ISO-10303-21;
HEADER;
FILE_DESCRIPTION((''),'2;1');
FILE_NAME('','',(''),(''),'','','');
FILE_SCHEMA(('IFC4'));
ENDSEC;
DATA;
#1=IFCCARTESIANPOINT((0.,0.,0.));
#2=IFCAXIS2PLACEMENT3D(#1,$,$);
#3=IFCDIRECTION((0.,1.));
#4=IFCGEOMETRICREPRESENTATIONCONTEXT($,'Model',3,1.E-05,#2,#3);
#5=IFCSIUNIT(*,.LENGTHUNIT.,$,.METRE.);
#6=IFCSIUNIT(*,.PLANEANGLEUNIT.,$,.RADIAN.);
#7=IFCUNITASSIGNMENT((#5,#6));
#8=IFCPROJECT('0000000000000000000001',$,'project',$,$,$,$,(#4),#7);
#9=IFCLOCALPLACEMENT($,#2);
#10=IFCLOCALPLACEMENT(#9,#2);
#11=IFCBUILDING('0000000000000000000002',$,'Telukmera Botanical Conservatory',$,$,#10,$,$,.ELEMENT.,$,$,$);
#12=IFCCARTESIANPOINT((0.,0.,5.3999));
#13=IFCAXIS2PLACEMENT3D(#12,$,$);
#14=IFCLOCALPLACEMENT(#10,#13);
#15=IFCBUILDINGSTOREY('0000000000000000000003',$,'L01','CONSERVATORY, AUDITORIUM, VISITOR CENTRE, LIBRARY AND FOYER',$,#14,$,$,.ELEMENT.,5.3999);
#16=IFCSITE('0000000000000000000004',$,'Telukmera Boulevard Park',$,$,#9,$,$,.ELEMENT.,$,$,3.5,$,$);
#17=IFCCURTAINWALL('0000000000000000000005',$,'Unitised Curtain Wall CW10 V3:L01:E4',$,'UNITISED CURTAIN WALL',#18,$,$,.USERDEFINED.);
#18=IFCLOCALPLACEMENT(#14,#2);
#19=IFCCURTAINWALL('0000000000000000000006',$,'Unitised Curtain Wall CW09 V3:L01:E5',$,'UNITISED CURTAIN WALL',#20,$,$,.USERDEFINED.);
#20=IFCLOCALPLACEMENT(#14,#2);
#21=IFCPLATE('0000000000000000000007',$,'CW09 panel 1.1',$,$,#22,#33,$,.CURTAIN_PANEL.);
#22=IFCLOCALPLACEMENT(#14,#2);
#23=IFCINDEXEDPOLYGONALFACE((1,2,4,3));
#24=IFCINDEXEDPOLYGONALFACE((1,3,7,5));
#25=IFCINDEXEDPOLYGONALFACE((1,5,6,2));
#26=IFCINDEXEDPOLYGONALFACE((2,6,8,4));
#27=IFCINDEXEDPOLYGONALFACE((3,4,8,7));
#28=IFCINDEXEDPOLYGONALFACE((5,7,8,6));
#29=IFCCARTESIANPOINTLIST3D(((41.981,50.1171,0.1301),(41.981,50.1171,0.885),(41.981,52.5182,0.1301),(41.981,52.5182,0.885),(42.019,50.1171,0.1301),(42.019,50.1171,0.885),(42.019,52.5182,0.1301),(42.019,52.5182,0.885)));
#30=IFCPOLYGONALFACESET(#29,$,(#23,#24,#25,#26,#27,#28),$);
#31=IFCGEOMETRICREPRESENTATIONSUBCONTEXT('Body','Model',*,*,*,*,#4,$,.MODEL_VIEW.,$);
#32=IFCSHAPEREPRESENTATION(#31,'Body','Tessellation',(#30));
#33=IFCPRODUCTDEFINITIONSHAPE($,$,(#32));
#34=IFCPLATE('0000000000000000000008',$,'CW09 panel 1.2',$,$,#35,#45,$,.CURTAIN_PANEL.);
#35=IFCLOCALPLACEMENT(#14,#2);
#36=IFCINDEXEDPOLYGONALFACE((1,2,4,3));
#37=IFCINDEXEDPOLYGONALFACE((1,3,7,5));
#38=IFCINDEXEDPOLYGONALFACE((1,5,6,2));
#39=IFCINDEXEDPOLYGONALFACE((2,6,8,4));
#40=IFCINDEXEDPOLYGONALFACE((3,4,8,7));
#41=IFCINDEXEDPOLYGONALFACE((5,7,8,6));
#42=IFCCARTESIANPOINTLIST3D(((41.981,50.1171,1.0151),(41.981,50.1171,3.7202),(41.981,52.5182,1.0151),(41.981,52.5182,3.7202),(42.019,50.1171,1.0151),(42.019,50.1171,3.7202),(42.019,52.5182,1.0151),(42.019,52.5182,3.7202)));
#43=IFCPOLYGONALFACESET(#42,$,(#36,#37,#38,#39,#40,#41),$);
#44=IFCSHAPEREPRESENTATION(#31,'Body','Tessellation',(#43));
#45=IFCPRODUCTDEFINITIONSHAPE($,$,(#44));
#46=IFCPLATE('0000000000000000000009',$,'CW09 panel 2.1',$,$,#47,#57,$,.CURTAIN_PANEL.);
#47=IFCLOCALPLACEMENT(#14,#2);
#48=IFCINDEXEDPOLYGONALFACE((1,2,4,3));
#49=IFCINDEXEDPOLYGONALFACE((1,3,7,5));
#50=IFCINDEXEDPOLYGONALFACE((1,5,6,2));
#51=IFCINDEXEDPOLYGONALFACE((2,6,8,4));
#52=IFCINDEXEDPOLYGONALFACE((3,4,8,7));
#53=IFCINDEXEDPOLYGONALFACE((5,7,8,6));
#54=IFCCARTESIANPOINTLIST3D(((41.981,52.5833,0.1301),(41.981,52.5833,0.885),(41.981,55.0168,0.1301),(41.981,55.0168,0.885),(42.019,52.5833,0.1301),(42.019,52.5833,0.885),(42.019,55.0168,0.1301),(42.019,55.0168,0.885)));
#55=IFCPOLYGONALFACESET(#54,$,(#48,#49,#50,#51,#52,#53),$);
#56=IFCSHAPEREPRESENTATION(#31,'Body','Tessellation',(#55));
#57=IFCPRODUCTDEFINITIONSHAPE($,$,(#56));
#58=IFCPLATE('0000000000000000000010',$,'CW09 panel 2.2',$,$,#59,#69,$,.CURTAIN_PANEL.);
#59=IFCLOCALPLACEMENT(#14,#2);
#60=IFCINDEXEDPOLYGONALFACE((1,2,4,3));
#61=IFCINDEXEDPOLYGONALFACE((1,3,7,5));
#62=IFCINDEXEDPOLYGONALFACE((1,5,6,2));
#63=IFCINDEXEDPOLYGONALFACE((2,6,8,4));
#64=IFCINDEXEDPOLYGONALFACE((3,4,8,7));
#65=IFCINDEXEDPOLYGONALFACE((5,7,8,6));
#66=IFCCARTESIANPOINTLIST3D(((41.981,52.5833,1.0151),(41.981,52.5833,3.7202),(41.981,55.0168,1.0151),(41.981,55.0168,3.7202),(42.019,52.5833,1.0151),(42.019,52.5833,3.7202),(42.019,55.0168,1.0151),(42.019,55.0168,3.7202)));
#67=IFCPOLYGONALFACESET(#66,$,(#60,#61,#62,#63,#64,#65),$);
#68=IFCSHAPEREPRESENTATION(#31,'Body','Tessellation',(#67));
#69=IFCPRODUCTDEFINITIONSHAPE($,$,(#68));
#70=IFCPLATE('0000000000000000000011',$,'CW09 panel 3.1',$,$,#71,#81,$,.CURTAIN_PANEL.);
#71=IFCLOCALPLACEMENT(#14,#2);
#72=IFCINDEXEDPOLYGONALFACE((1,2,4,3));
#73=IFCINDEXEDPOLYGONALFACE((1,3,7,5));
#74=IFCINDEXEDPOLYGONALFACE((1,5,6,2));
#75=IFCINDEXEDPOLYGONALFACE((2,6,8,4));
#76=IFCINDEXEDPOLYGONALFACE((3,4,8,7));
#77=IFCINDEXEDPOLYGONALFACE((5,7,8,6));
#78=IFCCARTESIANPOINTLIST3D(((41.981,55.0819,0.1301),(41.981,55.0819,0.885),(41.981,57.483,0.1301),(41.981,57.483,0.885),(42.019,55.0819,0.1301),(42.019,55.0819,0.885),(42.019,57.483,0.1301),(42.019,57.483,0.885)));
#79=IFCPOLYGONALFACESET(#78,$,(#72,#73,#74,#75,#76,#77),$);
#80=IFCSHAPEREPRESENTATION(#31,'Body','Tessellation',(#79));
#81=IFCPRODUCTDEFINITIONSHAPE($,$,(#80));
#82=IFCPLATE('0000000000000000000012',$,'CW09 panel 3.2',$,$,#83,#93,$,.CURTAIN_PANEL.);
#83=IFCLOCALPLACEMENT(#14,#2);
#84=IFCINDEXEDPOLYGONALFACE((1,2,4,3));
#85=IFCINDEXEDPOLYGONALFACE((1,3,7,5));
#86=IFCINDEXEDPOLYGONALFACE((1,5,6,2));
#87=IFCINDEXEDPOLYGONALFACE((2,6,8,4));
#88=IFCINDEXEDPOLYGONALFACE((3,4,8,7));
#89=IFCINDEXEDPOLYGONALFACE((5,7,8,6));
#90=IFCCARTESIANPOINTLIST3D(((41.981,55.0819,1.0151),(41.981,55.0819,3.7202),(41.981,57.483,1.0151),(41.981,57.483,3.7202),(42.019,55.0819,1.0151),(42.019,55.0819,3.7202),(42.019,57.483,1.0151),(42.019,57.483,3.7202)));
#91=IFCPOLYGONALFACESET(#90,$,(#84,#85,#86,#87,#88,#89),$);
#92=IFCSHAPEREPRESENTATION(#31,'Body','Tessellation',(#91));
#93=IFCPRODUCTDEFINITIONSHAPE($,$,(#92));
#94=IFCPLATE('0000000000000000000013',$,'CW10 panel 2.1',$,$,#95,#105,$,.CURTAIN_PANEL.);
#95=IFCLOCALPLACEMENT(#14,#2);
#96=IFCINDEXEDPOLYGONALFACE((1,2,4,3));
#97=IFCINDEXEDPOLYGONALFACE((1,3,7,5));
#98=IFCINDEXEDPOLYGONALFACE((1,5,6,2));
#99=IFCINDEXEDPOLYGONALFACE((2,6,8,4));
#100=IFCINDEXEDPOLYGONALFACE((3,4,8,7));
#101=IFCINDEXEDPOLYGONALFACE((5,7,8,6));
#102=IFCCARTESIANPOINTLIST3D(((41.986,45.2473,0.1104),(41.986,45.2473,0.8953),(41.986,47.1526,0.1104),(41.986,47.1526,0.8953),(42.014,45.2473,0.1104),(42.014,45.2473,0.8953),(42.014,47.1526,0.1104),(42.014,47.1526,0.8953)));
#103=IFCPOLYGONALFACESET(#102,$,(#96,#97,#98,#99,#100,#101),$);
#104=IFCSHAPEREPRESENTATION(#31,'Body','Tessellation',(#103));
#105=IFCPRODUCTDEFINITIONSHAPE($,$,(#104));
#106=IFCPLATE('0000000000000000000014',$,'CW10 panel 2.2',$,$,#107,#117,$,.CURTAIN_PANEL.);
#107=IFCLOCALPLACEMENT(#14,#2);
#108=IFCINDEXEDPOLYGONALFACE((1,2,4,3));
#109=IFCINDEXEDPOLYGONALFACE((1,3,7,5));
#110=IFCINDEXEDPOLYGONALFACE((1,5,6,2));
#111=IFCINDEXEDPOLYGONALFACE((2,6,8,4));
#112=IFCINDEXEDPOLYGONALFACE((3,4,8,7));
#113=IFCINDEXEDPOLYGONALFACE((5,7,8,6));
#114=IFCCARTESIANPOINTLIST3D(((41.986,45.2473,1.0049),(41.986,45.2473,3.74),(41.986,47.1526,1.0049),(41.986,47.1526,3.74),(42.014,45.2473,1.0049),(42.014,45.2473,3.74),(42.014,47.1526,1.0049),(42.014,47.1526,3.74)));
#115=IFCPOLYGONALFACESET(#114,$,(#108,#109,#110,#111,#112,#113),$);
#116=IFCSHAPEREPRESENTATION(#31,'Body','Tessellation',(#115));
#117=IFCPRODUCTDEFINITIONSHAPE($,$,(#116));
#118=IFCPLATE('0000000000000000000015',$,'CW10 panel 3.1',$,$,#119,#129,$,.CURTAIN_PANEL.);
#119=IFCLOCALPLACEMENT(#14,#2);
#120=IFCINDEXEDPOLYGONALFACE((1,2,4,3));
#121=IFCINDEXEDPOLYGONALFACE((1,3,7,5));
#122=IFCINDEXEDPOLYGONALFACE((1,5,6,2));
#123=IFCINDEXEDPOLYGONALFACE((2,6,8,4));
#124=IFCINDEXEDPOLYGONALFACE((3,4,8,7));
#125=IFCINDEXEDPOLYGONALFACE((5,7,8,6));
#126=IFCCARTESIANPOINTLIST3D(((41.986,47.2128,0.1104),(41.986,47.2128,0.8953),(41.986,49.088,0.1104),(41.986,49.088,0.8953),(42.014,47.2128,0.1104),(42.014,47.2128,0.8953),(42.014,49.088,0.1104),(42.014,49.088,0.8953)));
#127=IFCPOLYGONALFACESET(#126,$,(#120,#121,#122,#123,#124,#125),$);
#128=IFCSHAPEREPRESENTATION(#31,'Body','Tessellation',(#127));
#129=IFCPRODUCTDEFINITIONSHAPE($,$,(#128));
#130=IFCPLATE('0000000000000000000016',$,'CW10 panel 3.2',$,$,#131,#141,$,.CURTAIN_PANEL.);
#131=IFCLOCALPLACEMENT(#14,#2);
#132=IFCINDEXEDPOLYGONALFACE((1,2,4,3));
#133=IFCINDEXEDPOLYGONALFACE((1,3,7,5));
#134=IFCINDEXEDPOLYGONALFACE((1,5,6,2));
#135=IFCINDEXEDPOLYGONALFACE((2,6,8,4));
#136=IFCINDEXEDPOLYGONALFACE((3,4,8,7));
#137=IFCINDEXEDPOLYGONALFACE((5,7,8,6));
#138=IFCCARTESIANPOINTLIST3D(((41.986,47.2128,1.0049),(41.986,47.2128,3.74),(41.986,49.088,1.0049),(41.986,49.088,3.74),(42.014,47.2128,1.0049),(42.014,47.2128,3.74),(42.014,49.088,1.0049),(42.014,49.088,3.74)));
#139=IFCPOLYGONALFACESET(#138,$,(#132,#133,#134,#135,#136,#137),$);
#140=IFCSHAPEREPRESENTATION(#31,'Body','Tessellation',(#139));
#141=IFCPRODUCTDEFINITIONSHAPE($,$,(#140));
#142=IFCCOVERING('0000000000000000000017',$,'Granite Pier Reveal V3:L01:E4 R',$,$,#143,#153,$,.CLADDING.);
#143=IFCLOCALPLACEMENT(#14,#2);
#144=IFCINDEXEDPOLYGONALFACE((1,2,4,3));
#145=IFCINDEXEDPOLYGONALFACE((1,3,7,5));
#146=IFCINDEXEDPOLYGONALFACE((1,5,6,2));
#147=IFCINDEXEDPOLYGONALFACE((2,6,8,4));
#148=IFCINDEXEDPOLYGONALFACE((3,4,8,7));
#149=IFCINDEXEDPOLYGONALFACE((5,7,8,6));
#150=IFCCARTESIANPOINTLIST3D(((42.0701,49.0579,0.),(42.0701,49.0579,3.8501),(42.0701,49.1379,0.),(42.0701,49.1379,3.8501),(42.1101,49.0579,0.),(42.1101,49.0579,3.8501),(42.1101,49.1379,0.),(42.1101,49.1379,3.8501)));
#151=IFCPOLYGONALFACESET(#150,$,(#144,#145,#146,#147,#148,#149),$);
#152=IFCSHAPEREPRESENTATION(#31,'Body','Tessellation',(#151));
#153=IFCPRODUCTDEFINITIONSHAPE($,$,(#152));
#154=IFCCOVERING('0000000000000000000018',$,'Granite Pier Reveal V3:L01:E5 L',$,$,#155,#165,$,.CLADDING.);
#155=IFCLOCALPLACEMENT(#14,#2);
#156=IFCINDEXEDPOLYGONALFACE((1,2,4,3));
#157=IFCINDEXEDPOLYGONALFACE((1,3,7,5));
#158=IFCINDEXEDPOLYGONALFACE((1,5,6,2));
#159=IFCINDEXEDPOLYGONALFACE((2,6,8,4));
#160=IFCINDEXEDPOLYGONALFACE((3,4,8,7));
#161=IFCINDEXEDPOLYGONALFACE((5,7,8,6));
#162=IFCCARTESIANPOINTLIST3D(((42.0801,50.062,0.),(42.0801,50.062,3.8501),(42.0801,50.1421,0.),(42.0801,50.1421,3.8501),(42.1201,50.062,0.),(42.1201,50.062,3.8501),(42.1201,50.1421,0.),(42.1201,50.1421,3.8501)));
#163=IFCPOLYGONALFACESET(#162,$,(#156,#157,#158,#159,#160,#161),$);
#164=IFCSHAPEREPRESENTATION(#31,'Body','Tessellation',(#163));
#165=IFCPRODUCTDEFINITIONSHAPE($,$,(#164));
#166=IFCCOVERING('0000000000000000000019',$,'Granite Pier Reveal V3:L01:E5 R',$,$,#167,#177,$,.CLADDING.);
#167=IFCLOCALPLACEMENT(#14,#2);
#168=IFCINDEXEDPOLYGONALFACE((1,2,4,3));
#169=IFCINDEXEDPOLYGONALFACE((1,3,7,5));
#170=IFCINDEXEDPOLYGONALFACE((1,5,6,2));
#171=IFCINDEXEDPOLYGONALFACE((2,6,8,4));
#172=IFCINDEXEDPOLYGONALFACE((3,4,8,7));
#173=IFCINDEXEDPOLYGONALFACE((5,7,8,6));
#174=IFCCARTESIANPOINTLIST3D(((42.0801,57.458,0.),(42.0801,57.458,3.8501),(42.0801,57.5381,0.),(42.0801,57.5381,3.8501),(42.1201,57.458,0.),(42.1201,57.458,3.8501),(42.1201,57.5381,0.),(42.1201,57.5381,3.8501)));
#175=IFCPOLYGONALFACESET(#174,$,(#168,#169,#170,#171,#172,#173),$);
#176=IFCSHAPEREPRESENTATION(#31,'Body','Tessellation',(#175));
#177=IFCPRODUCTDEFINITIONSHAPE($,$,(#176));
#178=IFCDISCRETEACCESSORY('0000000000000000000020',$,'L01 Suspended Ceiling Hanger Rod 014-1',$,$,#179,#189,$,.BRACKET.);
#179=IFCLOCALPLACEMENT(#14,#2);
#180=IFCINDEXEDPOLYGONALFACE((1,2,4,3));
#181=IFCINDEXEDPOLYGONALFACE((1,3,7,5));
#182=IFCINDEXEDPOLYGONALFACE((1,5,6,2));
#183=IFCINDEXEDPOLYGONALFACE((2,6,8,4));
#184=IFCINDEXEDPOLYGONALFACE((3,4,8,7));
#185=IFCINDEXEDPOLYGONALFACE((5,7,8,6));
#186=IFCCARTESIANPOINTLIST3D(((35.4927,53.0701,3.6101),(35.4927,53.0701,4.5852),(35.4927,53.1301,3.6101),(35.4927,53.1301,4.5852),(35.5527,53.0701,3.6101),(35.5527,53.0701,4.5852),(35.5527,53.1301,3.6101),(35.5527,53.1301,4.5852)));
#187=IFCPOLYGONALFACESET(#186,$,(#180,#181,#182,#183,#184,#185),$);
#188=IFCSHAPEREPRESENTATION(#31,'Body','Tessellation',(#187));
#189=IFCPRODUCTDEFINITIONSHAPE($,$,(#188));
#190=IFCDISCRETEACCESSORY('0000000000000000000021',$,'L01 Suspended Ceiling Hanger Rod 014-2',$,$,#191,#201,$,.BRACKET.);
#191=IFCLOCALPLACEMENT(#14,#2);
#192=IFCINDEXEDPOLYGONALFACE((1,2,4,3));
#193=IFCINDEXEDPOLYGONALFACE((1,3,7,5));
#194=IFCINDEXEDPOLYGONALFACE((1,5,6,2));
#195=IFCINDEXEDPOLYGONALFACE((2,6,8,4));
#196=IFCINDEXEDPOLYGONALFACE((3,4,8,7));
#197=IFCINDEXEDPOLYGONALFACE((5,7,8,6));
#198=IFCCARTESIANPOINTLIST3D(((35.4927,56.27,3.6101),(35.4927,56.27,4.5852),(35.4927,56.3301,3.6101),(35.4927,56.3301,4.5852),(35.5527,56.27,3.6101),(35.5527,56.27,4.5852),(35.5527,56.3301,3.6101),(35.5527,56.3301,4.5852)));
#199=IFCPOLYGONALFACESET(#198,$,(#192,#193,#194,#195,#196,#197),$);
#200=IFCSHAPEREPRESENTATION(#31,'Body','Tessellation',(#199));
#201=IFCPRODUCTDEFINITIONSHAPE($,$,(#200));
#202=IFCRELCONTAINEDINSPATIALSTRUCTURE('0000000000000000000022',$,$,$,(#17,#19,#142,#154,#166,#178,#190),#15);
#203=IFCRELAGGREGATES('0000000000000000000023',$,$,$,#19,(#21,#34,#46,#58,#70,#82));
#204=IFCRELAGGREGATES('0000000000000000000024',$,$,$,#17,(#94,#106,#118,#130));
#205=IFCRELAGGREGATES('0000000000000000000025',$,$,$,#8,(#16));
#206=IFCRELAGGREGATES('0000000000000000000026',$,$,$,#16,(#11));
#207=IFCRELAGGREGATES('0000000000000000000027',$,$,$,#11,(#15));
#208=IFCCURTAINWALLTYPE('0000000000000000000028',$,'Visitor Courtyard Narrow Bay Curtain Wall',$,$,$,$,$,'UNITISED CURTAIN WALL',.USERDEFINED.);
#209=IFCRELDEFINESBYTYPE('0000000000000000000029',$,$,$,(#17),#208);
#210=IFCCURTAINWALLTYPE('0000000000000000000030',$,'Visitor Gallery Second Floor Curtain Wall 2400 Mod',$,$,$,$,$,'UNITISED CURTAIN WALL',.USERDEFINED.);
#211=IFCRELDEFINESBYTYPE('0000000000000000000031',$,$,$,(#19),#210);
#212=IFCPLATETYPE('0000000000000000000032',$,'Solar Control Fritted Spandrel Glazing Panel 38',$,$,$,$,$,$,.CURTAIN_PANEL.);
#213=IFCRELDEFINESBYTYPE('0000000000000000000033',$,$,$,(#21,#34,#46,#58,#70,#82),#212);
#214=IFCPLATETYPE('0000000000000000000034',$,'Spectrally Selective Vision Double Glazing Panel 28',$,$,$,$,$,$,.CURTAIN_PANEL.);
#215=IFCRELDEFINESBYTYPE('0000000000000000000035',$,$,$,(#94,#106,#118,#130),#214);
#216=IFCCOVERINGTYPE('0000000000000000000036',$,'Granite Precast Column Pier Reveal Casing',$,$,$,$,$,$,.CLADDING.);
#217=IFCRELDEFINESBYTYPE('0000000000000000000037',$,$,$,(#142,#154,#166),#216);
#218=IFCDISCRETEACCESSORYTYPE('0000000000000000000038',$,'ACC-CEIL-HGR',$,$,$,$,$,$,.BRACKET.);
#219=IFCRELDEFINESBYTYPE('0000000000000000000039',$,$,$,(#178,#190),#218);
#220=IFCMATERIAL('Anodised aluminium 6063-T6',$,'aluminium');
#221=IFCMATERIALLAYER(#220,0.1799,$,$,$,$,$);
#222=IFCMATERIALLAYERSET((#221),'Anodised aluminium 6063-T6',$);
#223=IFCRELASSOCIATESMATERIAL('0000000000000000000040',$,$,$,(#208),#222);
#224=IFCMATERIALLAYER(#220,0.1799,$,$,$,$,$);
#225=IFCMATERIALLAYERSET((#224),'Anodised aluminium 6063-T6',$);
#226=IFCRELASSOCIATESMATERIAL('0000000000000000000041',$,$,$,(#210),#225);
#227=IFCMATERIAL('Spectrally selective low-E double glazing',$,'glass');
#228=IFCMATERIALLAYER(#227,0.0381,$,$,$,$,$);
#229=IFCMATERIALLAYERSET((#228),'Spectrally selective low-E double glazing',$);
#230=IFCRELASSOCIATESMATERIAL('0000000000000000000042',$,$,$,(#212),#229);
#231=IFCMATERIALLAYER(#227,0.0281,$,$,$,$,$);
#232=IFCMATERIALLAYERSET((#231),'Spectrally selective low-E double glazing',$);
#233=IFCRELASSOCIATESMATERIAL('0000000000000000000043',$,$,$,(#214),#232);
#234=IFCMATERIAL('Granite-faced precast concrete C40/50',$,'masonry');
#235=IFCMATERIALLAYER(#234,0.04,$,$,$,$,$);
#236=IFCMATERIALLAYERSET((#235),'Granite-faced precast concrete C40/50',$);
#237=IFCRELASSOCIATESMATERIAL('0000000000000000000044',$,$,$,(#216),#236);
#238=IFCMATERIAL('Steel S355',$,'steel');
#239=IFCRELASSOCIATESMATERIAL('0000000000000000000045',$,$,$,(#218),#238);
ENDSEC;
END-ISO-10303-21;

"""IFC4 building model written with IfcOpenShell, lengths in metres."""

from ifc_helpers import new_model, si_unit, direction, frame, origin, origin_2d, place, context, subcontext, project, spatial, rectangle, extrude, material, layer, layer_set, type_object, element, aggregate, save


model = new_model("IFC4")

# Units and contexts
model_context = context("Model", 3, precision=1e-05, world=origin(), true_north=direction((0.0, 1.0)))
body_context = subcontext(model_context, "Body", "Model", "MODEL_VIEW")
ifc_project = project(units=[si_unit("LENGTHUNIT", "METRE"), si_unit("PLANEANGLEUNIT", "RADIAN")], contexts=[model_context])

# Site, building, storey
site_placement = place(None, origin())
site = spatial("IfcSite", under=ifc_project, at=site_placement, Name="Telukmera Boulevard Park", CompositionType="ELEMENT", RefElevation=3.5)
building_placement = place(site_placement, origin())
building = spatial("IfcBuilding", under=site, at=building_placement, Name="Telukmera Botanical Conservatory", CompositionType="ELEMENT")
storey_placement = place(building_placement, frame((0.0, 0.0, 5.3999)))
storey = spatial("IfcBuildingStorey", under=building, at=storey_placement, Name="L01", Description="CONSERVATORY, AUDITORIUM, VISITOR CENTRE, LIBRARY AND FOYER", CompositionType="ELEMENT", Elevation=5.3999)

# Curtain walls
ifc_material_1 = material(Name="Anodised aluminium 6063-T6", Category="aluminium")
ifc_layer_1 = layer(ifc_material_1, 0.1799)
ifc_layer_set_1 = layer_set([ifc_layer_1], Name="Anodised aluminium 6063-T6")
curtain_wall_type_1 = type_object("IfcCurtainWallType", Name="Visitor Courtyard Narrow Bay Curtain Wall", ElementType="UNITISED CURTAIN WALL", PredefinedType="USERDEFINED", material=ifc_layer_set_1)
curtain_wall_1_placement = place(storey_placement, origin())
curtain_wall_1 = element("IfcCurtainWall", 1, at=curtain_wall_1_placement, inside=storey, type_object=curtain_wall_type_1, Name="Unitised Curtain Wall CW10 V3:L01:E4", ObjectType="UNITISED CURTAIN WALL", PredefinedType="USERDEFINED")
ifc_layer_2 = layer(ifc_material_1, 0.1799)
ifc_layer_set_2 = layer_set([ifc_layer_2], Name="Anodised aluminium 6063-T6")
curtain_wall_type_2 = type_object("IfcCurtainWallType", Name="Visitor Gallery Second Floor Curtain Wall 2400 Mod", ElementType="UNITISED CURTAIN WALL", PredefinedType="USERDEFINED", material=ifc_layer_set_2)
curtain_wall_2_placement = place(storey_placement, origin())
curtain_wall_2 = element("IfcCurtainWall", 2, at=curtain_wall_2_placement, inside=storey, type_object=curtain_wall_type_2, Name="Unitised Curtain Wall CW09 V3:L01:E5", ObjectType="UNITISED CURTAIN WALL", PredefinedType="USERDEFINED")

# Plates
ifc_material_2 = material(Name="Spectrally selective low-E double glazing", Category="glass")
ifc_layer_3 = layer(ifc_material_2, 0.0381)
ifc_layer_set_3 = layer_set([ifc_layer_3], Name="Spectrally selective low-E double glazing")
plate_type_1 = type_object("IfcPlateType", Name="Solar Control Fritted Spandrel Glazing Panel 38", PredefinedType="CURTAIN_PANEL", material=ifc_layer_set_3)
plate_1_placement = place(storey_placement, frame((42.0, 51.3176, 0.1301), z_axis=(0.0, 0.0, 1.0), x_axis=(0.0, 1.0, 0.0)))
plate_1 = element("IfcPlate", 3, at=plate_1_placement, type_object=plate_type_1, Name="CW09 panel 1.1", PredefinedType="CURTAIN_PANEL", context=body_context, shape_type="SweptSolid", body=[
    extrude(rectangle(XDim=2.4011, YDim=0.0381, at=origin_2d()), origin(), (0.0, 0.0, 1.0), 0.7549),
])
plate_2_placement = place(storey_placement, frame((42.0, 51.3176, 1.0151), z_axis=(0.0, 0.0, 1.0), x_axis=(0.0, 1.0, 0.0)))
plate_2 = element("IfcPlate", 4, at=plate_2_placement, type_object=plate_type_1, Name="CW09 panel 1.2", PredefinedType="CURTAIN_PANEL", context=body_context, shape_type="SweptSolid", body=[
    extrude(rectangle(XDim=2.4011, YDim=0.0381, at=origin_2d()), origin(), (0.0, 0.0, 1.0), 2.7051),
])
plate_3_placement = place(storey_placement, frame((42.0, 53.8, 0.1301), z_axis=(0.0, 0.0, 1.0), x_axis=(0.0, 1.0, 0.0)))
plate_3 = element("IfcPlate", 5, at=plate_3_placement, type_object=plate_type_1, Name="CW09 panel 2.1", PredefinedType="CURTAIN_PANEL", context=body_context, shape_type="SweptSolid", body=[
    extrude(rectangle(XDim=2.4336, YDim=0.0381, at=origin_2d()), origin(), (0.0, 0.0, 1.0), 0.7549),
])
plate_4_placement = place(storey_placement, frame((42.0, 53.8, 1.0151), z_axis=(0.0, 0.0, 1.0), x_axis=(0.0, 1.0, 0.0)))
plate_4 = element("IfcPlate", 6, at=plate_4_placement, type_object=plate_type_1, Name="CW09 panel 2.2", PredefinedType="CURTAIN_PANEL", context=body_context, shape_type="SweptSolid", body=[
    extrude(rectangle(XDim=2.4336, YDim=0.0381, at=origin_2d()), origin(), (0.0, 0.0, 1.0), 2.7051),
])
plate_5_placement = place(storey_placement, frame((42.0, 56.2825, 0.1301), z_axis=(0.0, 0.0, 1.0), x_axis=(0.0, 1.0, 0.0)))
plate_5 = element("IfcPlate", 7, at=plate_5_placement, type_object=plate_type_1, Name="CW09 panel 3.1", PredefinedType="CURTAIN_PANEL", context=body_context, shape_type="SweptSolid", body=[
    extrude(rectangle(XDim=2.4011, YDim=0.0381, at=origin_2d()), origin(), (0.0, 0.0, 1.0), 0.7549),
])
plate_6_placement = place(storey_placement, frame((42.0, 56.2825, 1.0151), z_axis=(0.0, 0.0, 1.0), x_axis=(0.0, 1.0, 0.0)))
plate_6 = element("IfcPlate", 8, at=plate_6_placement, type_object=plate_type_1, Name="CW09 panel 3.2", PredefinedType="CURTAIN_PANEL", context=body_context, shape_type="SweptSolid", body=[
    extrude(rectangle(XDim=2.4011, YDim=0.0381, at=origin_2d()), origin(), (0.0, 0.0, 1.0), 2.7051),
])
aggregate(curtain_wall_2, [plate_1, plate_2, plate_3, plate_4, plate_5, plate_6])
ifc_layer_4 = layer(ifc_material_2, 0.0281)
ifc_layer_set_4 = layer_set([ifc_layer_4], Name="Spectrally selective low-E double glazing")
plate_type_2 = type_object("IfcPlateType", Name="Spectrally Selective Vision Double Glazing Panel 28", PredefinedType="CURTAIN_PANEL", material=ifc_layer_set_4)
plate_7_placement = place(storey_placement, frame((42.0, 46.2, 0.1104), z_axis=(0.0, 0.0, 1.0), x_axis=(0.0, 1.0, 0.0)))
plate_7 = element("IfcPlate", 9, at=plate_7_placement, type_object=plate_type_2, Name="CW10 panel 2.1", PredefinedType="CURTAIN_PANEL", context=body_context, shape_type="SweptSolid", body=[
    extrude(rectangle(XDim=1.9053, YDim=0.0281, at=origin_2d()), origin(), (0.0, 0.0, 1.0), 0.7849),
])
plate_8_placement = place(storey_placement, frame((42.0, 46.2, 1.0049), z_axis=(0.0, 0.0, 1.0), x_axis=(0.0, 1.0, 0.0)))
plate_8 = element("IfcPlate", 10, at=plate_8_placement, type_object=plate_type_2, Name="CW10 panel 2.2", PredefinedType="CURTAIN_PANEL", context=body_context, shape_type="SweptSolid", body=[
    extrude(rectangle(XDim=1.9053, YDim=0.0281, at=origin_2d()), origin(), (0.0, 0.0, 1.0), 2.7351),
])
plate_9_placement = place(storey_placement, frame((42.0, 48.1504, 0.1104), z_axis=(0.0, 0.0, 1.0), x_axis=(0.0, 1.0, 0.0)))
plate_9 = element("IfcPlate", 11, at=plate_9_placement, type_object=plate_type_2, Name="CW10 panel 3.1", PredefinedType="CURTAIN_PANEL", context=body_context, shape_type="SweptSolid", body=[
    extrude(rectangle(XDim=1.8752, YDim=0.0281, at=origin_2d()), origin(), (0.0, 0.0, 1.0), 0.7849),
])
plate_10_placement = place(storey_placement, frame((42.0, 48.1504, 1.0049), z_axis=(0.0, 0.0, 1.0), x_axis=(0.0, 1.0, 0.0)))
plate_10 = element("IfcPlate", 12, at=plate_10_placement, type_object=plate_type_2, Name="CW10 panel 3.2", PredefinedType="CURTAIN_PANEL", context=body_context, shape_type="SweptSolid", body=[
    extrude(rectangle(XDim=1.8752, YDim=0.0281, at=origin_2d()), origin(), (0.0, 0.0, 1.0), 2.7351),
])
aggregate(curtain_wall_1, [plate_7, plate_8, plate_9, plate_10])

# Coverings
ifc_material_3 = material(Name="Granite-faced precast concrete C40/50", Category="masonry")
ifc_layer_5 = layer(ifc_material_3, 0.04)
ifc_layer_set_5 = layer_set([ifc_layer_5], Name="Granite-faced precast concrete C40/50")
covering_type = type_object("IfcCoveringType", Name="Granite Precast Column Pier Reveal Casing", PredefinedType="CLADDING", material=ifc_layer_set_5)
for number, where, z_axis, x_axis, name in (
    (13, (42.0901, 49.0979, 0.0), (0.0, 0.0, 1.0), (0.0, 1.0, 0.0), "Granite Pier Reveal V3:L01:E4 R"),
    (14, (42.1001, 50.1021, 0.0), (0.0, 0.0, 1.0), (0.0, 1.0, 0.0), "Granite Pier Reveal V3:L01:E5 L"),
    (15, (42.1001, 57.498, 0.0), (0.0, 0.0, 1.0), (0.0, 1.0, 0.0), "Granite Pier Reveal V3:L01:E5 R"),
):
    element("IfcCovering", number, at=place(storey_placement, frame(where, z_axis=z_axis, x_axis=x_axis)), inside=storey, type_object=covering_type, Name=name, PredefinedType="CLADDING", context=body_context, shape_type="SweptSolid", body=[
        extrude(rectangle(XDim=0.0801, YDim=0.04, at=origin_2d()), origin(), (0.0, 0.0, 1.0), 3.8501),
    ])

# Discrete accessories
ifc_material_4 = material(Name="Steel S355", Category="steel")
discrete_accessory_type = type_object("IfcDiscreteAccessoryType", Name="ACC-CEIL-HGR", PredefinedType="BRACKET", material=ifc_material_4)
for number, where, z_axis, x_axis, name in (
    (16, (35.5227, 53.1001, 3.6101), (0.0, 0.0, 1.0), (1.0, 0.0, 0.0), "L01 Suspended Ceiling Hanger Rod 014-1"),
    (17, (35.5227, 56.3, 3.6101), (0.0, 0.0, 1.0), (1.0, 0.0, 0.0), "L01 Suspended Ceiling Hanger Rod 014-2"),
):
    element("IfcDiscreteAccessory", number, at=place(storey_placement, frame(where, z_axis=z_axis, x_axis=x_axis)), inside=storey, type_object=discrete_accessory_type, Name=name, PredefinedType="BRACKET", context=body_context, shape_type="SweptSolid", body=[
        extrude(rectangle(XDim=0.0601, YDim=0.0601, at=origin_2d()), origin(), (0.0, 0.0, 1.0), 0.9751),
    ])

save(model, "model.ifc")
